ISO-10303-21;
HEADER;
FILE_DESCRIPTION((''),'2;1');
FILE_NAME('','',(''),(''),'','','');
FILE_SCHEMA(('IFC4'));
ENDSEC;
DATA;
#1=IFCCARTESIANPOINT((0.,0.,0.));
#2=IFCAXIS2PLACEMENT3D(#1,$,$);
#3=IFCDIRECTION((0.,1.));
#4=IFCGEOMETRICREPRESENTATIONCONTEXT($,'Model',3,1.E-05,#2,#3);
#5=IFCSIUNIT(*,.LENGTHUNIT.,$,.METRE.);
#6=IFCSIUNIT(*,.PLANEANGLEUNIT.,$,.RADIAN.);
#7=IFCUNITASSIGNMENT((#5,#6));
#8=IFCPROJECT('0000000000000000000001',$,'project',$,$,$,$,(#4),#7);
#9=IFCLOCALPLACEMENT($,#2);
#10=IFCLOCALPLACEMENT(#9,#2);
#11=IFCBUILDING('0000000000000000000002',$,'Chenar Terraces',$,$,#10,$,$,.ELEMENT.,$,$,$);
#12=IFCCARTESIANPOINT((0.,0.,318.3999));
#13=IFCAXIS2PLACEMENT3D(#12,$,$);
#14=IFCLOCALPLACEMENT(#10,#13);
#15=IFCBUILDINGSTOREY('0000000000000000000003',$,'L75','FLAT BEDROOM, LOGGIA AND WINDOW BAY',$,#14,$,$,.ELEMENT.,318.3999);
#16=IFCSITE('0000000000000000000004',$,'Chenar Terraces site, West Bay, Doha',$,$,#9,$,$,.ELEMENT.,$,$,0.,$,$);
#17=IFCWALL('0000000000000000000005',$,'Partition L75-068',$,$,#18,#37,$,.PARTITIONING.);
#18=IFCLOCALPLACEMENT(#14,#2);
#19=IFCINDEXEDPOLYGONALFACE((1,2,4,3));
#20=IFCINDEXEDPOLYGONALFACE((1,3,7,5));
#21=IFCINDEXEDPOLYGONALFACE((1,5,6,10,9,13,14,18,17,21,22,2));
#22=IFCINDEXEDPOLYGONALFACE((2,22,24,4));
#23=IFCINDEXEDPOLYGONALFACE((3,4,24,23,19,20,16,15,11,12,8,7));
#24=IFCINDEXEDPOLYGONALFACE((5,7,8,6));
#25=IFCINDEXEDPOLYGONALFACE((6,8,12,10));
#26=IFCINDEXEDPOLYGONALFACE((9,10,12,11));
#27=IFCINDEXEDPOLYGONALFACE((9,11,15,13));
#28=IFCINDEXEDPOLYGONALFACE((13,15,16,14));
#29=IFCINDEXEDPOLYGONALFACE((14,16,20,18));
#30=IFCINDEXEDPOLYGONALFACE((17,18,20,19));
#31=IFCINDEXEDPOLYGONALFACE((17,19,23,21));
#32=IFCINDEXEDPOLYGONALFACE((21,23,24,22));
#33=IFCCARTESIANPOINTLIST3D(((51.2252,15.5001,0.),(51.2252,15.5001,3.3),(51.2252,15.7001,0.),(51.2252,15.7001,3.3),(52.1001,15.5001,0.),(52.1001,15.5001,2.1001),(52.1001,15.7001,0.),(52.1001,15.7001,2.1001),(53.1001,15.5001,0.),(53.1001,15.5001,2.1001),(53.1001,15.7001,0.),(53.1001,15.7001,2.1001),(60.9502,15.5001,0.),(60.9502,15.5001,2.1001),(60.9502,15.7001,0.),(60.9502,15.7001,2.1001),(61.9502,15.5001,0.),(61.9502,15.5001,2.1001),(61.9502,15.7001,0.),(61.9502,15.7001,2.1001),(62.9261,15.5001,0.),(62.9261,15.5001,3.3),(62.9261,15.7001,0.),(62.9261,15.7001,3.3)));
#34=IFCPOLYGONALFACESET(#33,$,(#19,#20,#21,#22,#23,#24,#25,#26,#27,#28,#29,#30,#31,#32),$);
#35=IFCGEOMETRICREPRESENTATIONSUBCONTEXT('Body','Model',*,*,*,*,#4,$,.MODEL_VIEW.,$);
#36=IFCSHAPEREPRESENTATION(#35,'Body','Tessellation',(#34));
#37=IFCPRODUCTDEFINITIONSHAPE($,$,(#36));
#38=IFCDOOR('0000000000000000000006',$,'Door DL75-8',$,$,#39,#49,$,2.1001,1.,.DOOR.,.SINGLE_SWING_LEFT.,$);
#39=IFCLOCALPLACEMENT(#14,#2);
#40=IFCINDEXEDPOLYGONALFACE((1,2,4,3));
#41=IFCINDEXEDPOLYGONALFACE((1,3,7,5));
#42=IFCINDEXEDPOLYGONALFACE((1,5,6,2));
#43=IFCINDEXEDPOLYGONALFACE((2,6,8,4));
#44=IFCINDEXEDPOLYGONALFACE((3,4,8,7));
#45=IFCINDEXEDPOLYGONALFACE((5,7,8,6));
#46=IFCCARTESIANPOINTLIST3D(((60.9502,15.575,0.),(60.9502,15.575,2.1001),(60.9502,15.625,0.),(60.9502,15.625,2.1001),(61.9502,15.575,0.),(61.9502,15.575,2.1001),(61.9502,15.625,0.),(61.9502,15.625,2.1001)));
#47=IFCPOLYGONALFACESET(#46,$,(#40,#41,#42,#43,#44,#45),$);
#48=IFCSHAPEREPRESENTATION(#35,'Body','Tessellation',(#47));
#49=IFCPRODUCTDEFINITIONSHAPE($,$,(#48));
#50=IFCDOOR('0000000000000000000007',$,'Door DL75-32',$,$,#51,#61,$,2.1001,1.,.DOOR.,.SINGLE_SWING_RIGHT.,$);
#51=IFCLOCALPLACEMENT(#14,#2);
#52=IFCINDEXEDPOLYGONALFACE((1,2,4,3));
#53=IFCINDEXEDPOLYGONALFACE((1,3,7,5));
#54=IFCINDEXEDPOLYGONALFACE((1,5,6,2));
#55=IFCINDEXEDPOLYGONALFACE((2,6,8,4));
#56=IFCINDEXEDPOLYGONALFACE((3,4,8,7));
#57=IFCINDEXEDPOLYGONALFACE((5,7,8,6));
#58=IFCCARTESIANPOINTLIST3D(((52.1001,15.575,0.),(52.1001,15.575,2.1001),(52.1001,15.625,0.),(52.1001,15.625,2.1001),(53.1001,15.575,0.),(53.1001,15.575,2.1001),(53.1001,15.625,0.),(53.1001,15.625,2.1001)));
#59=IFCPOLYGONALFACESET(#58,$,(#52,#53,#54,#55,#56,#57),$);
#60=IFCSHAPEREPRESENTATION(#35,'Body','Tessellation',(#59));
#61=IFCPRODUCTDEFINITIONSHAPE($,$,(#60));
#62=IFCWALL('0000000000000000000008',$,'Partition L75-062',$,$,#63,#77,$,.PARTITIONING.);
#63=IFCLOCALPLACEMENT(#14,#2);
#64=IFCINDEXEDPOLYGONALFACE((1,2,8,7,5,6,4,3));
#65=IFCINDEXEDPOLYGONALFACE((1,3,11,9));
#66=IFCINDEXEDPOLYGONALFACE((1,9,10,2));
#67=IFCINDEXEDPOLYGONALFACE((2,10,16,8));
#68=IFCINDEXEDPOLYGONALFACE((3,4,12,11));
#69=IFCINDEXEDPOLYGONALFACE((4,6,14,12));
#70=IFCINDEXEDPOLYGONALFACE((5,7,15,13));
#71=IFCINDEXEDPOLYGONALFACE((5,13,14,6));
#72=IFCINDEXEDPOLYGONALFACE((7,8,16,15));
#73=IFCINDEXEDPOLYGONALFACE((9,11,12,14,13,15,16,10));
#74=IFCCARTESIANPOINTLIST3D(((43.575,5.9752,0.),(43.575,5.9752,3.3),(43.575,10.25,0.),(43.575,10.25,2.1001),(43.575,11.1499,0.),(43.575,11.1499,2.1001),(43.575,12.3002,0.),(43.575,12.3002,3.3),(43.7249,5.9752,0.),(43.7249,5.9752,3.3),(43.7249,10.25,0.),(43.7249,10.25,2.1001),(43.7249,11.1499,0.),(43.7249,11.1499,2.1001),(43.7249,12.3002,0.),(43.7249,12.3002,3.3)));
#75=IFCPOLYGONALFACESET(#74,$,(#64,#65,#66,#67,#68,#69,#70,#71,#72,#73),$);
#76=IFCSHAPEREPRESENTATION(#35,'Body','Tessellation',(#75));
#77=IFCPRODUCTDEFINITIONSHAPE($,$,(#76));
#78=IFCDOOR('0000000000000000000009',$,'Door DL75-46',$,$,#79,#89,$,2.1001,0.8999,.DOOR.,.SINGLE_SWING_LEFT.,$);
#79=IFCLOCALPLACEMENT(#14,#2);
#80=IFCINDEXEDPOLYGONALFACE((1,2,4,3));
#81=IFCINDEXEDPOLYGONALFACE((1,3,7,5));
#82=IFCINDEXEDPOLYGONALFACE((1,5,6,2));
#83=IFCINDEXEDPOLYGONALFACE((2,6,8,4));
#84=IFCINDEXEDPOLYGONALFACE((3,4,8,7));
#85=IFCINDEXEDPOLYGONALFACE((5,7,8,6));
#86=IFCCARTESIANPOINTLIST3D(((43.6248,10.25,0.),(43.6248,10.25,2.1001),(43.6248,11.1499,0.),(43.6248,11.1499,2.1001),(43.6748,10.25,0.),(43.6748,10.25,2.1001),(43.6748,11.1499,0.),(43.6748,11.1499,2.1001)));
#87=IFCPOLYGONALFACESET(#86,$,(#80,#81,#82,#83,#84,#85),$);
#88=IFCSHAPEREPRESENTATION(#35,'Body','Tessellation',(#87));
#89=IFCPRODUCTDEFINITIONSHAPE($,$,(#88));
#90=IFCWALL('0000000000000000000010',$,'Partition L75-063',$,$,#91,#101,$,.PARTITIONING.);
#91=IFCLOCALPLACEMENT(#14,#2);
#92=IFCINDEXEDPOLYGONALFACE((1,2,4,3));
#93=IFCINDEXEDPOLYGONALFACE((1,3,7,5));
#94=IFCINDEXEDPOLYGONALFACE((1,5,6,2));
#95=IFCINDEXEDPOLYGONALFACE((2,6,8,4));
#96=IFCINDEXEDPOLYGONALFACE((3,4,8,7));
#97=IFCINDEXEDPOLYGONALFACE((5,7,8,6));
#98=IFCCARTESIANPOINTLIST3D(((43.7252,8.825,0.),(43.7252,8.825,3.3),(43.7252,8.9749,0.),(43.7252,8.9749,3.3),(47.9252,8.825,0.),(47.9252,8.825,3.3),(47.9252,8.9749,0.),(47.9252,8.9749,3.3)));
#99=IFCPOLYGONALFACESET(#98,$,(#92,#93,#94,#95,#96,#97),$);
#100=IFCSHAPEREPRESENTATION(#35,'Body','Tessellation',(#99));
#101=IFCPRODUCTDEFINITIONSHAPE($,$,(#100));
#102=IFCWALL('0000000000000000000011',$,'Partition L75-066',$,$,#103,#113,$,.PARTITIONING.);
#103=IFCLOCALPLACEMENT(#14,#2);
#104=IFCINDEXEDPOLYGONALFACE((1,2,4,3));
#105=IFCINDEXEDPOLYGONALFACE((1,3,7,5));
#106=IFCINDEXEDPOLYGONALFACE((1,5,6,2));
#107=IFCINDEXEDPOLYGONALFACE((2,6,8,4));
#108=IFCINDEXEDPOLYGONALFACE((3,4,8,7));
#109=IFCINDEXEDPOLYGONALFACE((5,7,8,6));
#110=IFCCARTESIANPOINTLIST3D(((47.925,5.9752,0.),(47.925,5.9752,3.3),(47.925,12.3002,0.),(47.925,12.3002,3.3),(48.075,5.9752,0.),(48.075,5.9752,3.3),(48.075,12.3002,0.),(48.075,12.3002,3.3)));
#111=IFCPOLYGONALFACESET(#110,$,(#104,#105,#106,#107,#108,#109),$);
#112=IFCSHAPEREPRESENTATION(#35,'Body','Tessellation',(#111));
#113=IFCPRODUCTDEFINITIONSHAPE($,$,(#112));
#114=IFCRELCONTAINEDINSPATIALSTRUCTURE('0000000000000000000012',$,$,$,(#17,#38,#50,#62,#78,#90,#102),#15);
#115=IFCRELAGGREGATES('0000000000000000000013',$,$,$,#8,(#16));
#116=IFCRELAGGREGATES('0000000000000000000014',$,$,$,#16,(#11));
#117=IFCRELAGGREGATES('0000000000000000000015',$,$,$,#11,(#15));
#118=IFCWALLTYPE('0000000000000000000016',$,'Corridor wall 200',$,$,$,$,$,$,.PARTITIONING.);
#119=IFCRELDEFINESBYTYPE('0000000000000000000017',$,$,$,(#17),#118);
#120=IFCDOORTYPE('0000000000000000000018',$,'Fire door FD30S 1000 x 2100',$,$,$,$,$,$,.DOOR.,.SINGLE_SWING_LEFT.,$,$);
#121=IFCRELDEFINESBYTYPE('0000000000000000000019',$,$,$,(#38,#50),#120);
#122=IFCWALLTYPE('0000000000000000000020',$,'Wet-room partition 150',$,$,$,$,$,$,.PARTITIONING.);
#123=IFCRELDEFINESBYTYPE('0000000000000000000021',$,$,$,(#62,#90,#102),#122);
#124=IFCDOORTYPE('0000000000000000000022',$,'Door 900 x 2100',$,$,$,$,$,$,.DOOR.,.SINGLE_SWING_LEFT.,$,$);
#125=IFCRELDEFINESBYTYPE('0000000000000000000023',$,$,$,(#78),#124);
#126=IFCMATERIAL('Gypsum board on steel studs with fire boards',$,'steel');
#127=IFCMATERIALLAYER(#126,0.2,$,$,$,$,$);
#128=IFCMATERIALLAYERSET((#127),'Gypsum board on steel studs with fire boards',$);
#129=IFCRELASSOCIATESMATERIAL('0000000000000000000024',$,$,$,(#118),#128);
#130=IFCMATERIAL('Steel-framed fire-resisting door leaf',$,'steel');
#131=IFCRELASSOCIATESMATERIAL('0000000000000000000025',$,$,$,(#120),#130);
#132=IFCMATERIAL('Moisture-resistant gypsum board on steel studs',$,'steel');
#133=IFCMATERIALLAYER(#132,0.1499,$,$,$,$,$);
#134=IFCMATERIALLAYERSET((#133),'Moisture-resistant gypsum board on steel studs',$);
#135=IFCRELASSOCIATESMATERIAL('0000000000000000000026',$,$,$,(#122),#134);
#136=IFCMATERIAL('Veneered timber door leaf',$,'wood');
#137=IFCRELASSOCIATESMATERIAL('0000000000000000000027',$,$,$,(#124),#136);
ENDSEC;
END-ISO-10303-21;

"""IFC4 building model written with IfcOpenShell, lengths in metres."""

from ifc_helpers import new_model, si_unit, direction, frame, frame_2d, origin, place, context, subcontext, project, spatial, rectangle, extrude, material, layer, layer_set, type_object, element, fill, save


model = new_model("IFC4")

# Units and contexts
model_context = context("Model", 3, precision=1e-05, world=origin(), true_north=direction((0.0, 1.0)))
body_context = subcontext(model_context, "Body", "Model", "MODEL_VIEW")
ifc_project = project(units=[si_unit("LENGTHUNIT", "METRE"), si_unit("PLANEANGLEUNIT", "RADIAN")], contexts=[model_context])

# Site, building, storey
site_placement = place(None, origin())
site = spatial("IfcSite", under=ifc_project, at=site_placement, Name="Chenar Terraces site, West Bay, Doha", CompositionType="ELEMENT", RefElevation=0.0)
building_placement = place(site_placement, origin())
building = spatial("IfcBuilding", under=site, at=building_placement, Name="Chenar Terraces", CompositionType="ELEMENT")
storey_placement = place(building_placement, frame((0.0, 0.0, 318.3999)))
storey = spatial("IfcBuildingStorey", under=building, at=storey_placement, Name="L75", Description="FLAT BEDROOM, LOGGIA AND WINDOW BAY", CompositionType="ELEMENT", Elevation=318.3999)

# Wall, openings, doors
ifc_material_1 = material(Name="Gypsum board on steel studs with fire boards", Category="steel")
ifc_layer_1 = layer(ifc_material_1, 0.2)
ifc_layer_set_1 = layer_set([ifc_layer_1], Name="Gypsum board on steel studs with fire boards")
wall_type_1 = type_object("IfcWallType", Name="Corridor wall 200", PredefinedType="PARTITIONING", material=ifc_layer_set_1)
wall_1_placement = place(storey_placement, frame((51.2251, 15.6001, 0.0), z_axis=(0.0, 0.0, 1.0), x_axis=(1.0, 0.0, 0.0)))
wall_1 = element("IfcWall", 1, at=wall_1_placement, inside=storey, type_object=wall_type_1, Name="Partition L75-068", PredefinedType="PARTITIONING", context=body_context, shape_type="SweptSolid", body=[
    extrude(rectangle(XDim=11.7009, YDim=0.2, at=frame_2d((5.8506, 0.0))), origin(), (0.0, 0.0, 1.0), 3.3),
])
opening_1_placement = place(wall_1_placement, frame((9.7251, 0.0, 0.0)))
opening_1 = element("IfcOpeningElement", 2, at=opening_1_placement, cuts=wall_1, PredefinedType="OPENING", context=body_context, shape_type="SweptSolid", body=[
    extrude(rectangle(XDim=1.0, YDim=2.1001, at=frame_2d((0.5, 1.05))), frame((0.0, 0.1099, 0.0), z_axis=(0.0, -1.0, 0.0), x_axis=(1.0, 0.0, 0.0)), (0.0, 0.0, 1.0), 0.22),
])
opening_2_placement = place(wall_1_placement, frame((0.875, 0.0, 0.0)))
opening_2 = element("IfcOpeningElement", 3, at=opening_2_placement, cuts=wall_1, PredefinedType="OPENING", context=body_context, shape_type="SweptSolid", body=[
    extrude(rectangle(XDim=1.0, YDim=2.1001, at=frame_2d((0.5, 1.05))), frame((0.0, 0.1099, 0.0), z_axis=(0.0, -1.0, 0.0), x_axis=(1.0, 0.0, 0.0)), (0.0, 0.0, 1.0), 0.22),
])
ifc_material_2 = material(Name="Steel-framed fire-resisting door leaf", Category="steel")
door_type_1 = type_object("IfcDoorType", Name="Fire door FD30S 1000 x 2100", OperationType="SINGLE_SWING_LEFT", PredefinedType="DOOR", material=ifc_material_2)
door_1_placement = place(opening_1_placement, origin())
door_1 = element("IfcDoor", 4, at=door_1_placement, inside=storey, type_object=door_type_1, Name="Door DL75-8", OperationType="SINGLE_SWING_LEFT", OverallHeight=2.1001, OverallWidth=1.0, PredefinedType="DOOR", context=body_context, shape_type="SweptSolid", body=[
    extrude(rectangle(XDim=1.0, YDim=2.1001, at=frame_2d((0.5, 1.05))), frame((0.0, 0.0249, 0.0), z_axis=(0.0, -1.0, 0.0), x_axis=(1.0, 0.0, 0.0)), (0.0, 0.0, 1.0), 0.05),
])
fill(opening_1, door_1)
door_2_placement = place(opening_2_placement, origin())
door_2 = element("IfcDoor", 5, at=door_2_placement, inside=storey, type_object=door_type_1, Name="Door DL75-32", OperationType="SINGLE_SWING_RIGHT", OverallHeight=2.1001, OverallWidth=1.0, PredefinedType="DOOR", context=body_context, shape_type="SweptSolid", body=[
    extrude(rectangle(XDim=1.0, YDim=2.1001, at=frame_2d((0.5, 1.05))), frame((0.0, 0.0249, 0.0), z_axis=(0.0, -1.0, 0.0), x_axis=(1.0, 0.0, 0.0)), (0.0, 0.0, 1.0), 0.05),
])
fill(opening_2, door_2)

# Wall, opening, door
ifc_material_3 = material(Name="Moisture-resistant gypsum board on steel studs", Category="steel")
ifc_layer_2 = layer(ifc_material_3, 0.1499)
ifc_layer_set_2 = layer_set([ifc_layer_2], Name="Moisture-resistant gypsum board on steel studs")
wall_type_2 = type_object("IfcWallType", Name="Wet-room partition 150", PredefinedType="PARTITIONING", material=ifc_layer_set_2)
wall_2_placement = place(storey_placement, frame((43.6499, 5.9751, 0.0), z_axis=(0.0, 0.0, 1.0), x_axis=(0.0, 1.0, 0.0)))
wall_2 = element("IfcWall", 6, at=wall_2_placement, inside=storey, type_object=wall_type_2, Name="Partition L75-062", PredefinedType="PARTITIONING", context=body_context, shape_type="SweptSolid", body=[
    extrude(rectangle(XDim=6.325, YDim=0.1499, at=frame_2d((3.1626, 0.0))), origin(), (0.0, 0.0, 1.0), 3.3),
])
opening_3_placement = place(wall_2_placement, frame((4.2749, 0.0, 0.0)))
opening_3 = element("IfcOpeningElement", 7, at=opening_3_placement, cuts=wall_2, PredefinedType="OPENING", context=body_context, shape_type="SweptSolid", body=[
    extrude(rectangle(XDim=0.8999, YDim=2.1001, at=frame_2d((0.45, 1.05))), frame((0.0, 0.085, 0.0), z_axis=(0.0, -1.0, 0.0), x_axis=(1.0, 0.0, 0.0)), (0.0, 0.0, 1.0), 0.1699),
])
ifc_material_4 = material(Name="Veneered timber door leaf", Category="wood")
door_type_2 = type_object("IfcDoorType", Name="Door 900 x 2100", OperationType="SINGLE_SWING_LEFT", PredefinedType="DOOR", material=ifc_material_4)
door_3_placement = place(opening_3_placement, frame((0.8999, 0.0, 0.0), z_axis=(0.0, 0.0, 1.0), x_axis=(-1.0, 0.0, 0.0)))
door_3 = element("IfcDoor", 8, at=door_3_placement, inside=storey, type_object=door_type_2, Name="Door DL75-46", OperationType="SINGLE_SWING_LEFT", OverallHeight=2.1001, OverallWidth=0.8999, PredefinedType="DOOR", context=body_context, shape_type="SweptSolid", body=[
    extrude(rectangle(XDim=0.8999, YDim=2.1001, at=frame_2d((0.45, 1.05))), frame((0.0, 0.0249, 0.0), z_axis=(0.0, -1.0, 0.0), x_axis=(1.0, 0.0, 0.0)), (0.0, 0.0, 1.0), 0.05),
])
fill(opening_3, door_3)

# Walls
wall_3_placement = place(storey_placement, frame((43.7251, 8.8999, 0.0), z_axis=(0.0, 0.0, 1.0), x_axis=(1.0, 0.0, 0.0)))
element("IfcWall", 9, at=wall_3_placement, inside=storey, type_object=wall_type_2, Name="Partition L75-063", PredefinedType="PARTITIONING", context=body_context, shape_type="SweptSolid", body=[
    extrude(rectangle(XDim=4.2, YDim=0.1499, at=frame_2d((2.1001, 0.0))), origin(), (0.0, 0.0, 1.0), 3.3),
])
wall_4_placement = place(storey_placement, frame((48.0, 5.9751, 0.0), z_axis=(0.0, 0.0, 1.0), x_axis=(0.0, 1.0, 0.0)))
element("IfcWall", 10, at=wall_4_placement, inside=storey, type_object=wall_type_2, Name="Partition L75-066", PredefinedType="PARTITIONING", context=body_context, shape_type="SweptSolid", body=[
    extrude(rectangle(XDim=6.325, YDim=0.1499, at=frame_2d((3.1626, 0.0))), origin(), (0.0, 0.0, 1.0), 3.3),
])

save(model, "model.ifc")
